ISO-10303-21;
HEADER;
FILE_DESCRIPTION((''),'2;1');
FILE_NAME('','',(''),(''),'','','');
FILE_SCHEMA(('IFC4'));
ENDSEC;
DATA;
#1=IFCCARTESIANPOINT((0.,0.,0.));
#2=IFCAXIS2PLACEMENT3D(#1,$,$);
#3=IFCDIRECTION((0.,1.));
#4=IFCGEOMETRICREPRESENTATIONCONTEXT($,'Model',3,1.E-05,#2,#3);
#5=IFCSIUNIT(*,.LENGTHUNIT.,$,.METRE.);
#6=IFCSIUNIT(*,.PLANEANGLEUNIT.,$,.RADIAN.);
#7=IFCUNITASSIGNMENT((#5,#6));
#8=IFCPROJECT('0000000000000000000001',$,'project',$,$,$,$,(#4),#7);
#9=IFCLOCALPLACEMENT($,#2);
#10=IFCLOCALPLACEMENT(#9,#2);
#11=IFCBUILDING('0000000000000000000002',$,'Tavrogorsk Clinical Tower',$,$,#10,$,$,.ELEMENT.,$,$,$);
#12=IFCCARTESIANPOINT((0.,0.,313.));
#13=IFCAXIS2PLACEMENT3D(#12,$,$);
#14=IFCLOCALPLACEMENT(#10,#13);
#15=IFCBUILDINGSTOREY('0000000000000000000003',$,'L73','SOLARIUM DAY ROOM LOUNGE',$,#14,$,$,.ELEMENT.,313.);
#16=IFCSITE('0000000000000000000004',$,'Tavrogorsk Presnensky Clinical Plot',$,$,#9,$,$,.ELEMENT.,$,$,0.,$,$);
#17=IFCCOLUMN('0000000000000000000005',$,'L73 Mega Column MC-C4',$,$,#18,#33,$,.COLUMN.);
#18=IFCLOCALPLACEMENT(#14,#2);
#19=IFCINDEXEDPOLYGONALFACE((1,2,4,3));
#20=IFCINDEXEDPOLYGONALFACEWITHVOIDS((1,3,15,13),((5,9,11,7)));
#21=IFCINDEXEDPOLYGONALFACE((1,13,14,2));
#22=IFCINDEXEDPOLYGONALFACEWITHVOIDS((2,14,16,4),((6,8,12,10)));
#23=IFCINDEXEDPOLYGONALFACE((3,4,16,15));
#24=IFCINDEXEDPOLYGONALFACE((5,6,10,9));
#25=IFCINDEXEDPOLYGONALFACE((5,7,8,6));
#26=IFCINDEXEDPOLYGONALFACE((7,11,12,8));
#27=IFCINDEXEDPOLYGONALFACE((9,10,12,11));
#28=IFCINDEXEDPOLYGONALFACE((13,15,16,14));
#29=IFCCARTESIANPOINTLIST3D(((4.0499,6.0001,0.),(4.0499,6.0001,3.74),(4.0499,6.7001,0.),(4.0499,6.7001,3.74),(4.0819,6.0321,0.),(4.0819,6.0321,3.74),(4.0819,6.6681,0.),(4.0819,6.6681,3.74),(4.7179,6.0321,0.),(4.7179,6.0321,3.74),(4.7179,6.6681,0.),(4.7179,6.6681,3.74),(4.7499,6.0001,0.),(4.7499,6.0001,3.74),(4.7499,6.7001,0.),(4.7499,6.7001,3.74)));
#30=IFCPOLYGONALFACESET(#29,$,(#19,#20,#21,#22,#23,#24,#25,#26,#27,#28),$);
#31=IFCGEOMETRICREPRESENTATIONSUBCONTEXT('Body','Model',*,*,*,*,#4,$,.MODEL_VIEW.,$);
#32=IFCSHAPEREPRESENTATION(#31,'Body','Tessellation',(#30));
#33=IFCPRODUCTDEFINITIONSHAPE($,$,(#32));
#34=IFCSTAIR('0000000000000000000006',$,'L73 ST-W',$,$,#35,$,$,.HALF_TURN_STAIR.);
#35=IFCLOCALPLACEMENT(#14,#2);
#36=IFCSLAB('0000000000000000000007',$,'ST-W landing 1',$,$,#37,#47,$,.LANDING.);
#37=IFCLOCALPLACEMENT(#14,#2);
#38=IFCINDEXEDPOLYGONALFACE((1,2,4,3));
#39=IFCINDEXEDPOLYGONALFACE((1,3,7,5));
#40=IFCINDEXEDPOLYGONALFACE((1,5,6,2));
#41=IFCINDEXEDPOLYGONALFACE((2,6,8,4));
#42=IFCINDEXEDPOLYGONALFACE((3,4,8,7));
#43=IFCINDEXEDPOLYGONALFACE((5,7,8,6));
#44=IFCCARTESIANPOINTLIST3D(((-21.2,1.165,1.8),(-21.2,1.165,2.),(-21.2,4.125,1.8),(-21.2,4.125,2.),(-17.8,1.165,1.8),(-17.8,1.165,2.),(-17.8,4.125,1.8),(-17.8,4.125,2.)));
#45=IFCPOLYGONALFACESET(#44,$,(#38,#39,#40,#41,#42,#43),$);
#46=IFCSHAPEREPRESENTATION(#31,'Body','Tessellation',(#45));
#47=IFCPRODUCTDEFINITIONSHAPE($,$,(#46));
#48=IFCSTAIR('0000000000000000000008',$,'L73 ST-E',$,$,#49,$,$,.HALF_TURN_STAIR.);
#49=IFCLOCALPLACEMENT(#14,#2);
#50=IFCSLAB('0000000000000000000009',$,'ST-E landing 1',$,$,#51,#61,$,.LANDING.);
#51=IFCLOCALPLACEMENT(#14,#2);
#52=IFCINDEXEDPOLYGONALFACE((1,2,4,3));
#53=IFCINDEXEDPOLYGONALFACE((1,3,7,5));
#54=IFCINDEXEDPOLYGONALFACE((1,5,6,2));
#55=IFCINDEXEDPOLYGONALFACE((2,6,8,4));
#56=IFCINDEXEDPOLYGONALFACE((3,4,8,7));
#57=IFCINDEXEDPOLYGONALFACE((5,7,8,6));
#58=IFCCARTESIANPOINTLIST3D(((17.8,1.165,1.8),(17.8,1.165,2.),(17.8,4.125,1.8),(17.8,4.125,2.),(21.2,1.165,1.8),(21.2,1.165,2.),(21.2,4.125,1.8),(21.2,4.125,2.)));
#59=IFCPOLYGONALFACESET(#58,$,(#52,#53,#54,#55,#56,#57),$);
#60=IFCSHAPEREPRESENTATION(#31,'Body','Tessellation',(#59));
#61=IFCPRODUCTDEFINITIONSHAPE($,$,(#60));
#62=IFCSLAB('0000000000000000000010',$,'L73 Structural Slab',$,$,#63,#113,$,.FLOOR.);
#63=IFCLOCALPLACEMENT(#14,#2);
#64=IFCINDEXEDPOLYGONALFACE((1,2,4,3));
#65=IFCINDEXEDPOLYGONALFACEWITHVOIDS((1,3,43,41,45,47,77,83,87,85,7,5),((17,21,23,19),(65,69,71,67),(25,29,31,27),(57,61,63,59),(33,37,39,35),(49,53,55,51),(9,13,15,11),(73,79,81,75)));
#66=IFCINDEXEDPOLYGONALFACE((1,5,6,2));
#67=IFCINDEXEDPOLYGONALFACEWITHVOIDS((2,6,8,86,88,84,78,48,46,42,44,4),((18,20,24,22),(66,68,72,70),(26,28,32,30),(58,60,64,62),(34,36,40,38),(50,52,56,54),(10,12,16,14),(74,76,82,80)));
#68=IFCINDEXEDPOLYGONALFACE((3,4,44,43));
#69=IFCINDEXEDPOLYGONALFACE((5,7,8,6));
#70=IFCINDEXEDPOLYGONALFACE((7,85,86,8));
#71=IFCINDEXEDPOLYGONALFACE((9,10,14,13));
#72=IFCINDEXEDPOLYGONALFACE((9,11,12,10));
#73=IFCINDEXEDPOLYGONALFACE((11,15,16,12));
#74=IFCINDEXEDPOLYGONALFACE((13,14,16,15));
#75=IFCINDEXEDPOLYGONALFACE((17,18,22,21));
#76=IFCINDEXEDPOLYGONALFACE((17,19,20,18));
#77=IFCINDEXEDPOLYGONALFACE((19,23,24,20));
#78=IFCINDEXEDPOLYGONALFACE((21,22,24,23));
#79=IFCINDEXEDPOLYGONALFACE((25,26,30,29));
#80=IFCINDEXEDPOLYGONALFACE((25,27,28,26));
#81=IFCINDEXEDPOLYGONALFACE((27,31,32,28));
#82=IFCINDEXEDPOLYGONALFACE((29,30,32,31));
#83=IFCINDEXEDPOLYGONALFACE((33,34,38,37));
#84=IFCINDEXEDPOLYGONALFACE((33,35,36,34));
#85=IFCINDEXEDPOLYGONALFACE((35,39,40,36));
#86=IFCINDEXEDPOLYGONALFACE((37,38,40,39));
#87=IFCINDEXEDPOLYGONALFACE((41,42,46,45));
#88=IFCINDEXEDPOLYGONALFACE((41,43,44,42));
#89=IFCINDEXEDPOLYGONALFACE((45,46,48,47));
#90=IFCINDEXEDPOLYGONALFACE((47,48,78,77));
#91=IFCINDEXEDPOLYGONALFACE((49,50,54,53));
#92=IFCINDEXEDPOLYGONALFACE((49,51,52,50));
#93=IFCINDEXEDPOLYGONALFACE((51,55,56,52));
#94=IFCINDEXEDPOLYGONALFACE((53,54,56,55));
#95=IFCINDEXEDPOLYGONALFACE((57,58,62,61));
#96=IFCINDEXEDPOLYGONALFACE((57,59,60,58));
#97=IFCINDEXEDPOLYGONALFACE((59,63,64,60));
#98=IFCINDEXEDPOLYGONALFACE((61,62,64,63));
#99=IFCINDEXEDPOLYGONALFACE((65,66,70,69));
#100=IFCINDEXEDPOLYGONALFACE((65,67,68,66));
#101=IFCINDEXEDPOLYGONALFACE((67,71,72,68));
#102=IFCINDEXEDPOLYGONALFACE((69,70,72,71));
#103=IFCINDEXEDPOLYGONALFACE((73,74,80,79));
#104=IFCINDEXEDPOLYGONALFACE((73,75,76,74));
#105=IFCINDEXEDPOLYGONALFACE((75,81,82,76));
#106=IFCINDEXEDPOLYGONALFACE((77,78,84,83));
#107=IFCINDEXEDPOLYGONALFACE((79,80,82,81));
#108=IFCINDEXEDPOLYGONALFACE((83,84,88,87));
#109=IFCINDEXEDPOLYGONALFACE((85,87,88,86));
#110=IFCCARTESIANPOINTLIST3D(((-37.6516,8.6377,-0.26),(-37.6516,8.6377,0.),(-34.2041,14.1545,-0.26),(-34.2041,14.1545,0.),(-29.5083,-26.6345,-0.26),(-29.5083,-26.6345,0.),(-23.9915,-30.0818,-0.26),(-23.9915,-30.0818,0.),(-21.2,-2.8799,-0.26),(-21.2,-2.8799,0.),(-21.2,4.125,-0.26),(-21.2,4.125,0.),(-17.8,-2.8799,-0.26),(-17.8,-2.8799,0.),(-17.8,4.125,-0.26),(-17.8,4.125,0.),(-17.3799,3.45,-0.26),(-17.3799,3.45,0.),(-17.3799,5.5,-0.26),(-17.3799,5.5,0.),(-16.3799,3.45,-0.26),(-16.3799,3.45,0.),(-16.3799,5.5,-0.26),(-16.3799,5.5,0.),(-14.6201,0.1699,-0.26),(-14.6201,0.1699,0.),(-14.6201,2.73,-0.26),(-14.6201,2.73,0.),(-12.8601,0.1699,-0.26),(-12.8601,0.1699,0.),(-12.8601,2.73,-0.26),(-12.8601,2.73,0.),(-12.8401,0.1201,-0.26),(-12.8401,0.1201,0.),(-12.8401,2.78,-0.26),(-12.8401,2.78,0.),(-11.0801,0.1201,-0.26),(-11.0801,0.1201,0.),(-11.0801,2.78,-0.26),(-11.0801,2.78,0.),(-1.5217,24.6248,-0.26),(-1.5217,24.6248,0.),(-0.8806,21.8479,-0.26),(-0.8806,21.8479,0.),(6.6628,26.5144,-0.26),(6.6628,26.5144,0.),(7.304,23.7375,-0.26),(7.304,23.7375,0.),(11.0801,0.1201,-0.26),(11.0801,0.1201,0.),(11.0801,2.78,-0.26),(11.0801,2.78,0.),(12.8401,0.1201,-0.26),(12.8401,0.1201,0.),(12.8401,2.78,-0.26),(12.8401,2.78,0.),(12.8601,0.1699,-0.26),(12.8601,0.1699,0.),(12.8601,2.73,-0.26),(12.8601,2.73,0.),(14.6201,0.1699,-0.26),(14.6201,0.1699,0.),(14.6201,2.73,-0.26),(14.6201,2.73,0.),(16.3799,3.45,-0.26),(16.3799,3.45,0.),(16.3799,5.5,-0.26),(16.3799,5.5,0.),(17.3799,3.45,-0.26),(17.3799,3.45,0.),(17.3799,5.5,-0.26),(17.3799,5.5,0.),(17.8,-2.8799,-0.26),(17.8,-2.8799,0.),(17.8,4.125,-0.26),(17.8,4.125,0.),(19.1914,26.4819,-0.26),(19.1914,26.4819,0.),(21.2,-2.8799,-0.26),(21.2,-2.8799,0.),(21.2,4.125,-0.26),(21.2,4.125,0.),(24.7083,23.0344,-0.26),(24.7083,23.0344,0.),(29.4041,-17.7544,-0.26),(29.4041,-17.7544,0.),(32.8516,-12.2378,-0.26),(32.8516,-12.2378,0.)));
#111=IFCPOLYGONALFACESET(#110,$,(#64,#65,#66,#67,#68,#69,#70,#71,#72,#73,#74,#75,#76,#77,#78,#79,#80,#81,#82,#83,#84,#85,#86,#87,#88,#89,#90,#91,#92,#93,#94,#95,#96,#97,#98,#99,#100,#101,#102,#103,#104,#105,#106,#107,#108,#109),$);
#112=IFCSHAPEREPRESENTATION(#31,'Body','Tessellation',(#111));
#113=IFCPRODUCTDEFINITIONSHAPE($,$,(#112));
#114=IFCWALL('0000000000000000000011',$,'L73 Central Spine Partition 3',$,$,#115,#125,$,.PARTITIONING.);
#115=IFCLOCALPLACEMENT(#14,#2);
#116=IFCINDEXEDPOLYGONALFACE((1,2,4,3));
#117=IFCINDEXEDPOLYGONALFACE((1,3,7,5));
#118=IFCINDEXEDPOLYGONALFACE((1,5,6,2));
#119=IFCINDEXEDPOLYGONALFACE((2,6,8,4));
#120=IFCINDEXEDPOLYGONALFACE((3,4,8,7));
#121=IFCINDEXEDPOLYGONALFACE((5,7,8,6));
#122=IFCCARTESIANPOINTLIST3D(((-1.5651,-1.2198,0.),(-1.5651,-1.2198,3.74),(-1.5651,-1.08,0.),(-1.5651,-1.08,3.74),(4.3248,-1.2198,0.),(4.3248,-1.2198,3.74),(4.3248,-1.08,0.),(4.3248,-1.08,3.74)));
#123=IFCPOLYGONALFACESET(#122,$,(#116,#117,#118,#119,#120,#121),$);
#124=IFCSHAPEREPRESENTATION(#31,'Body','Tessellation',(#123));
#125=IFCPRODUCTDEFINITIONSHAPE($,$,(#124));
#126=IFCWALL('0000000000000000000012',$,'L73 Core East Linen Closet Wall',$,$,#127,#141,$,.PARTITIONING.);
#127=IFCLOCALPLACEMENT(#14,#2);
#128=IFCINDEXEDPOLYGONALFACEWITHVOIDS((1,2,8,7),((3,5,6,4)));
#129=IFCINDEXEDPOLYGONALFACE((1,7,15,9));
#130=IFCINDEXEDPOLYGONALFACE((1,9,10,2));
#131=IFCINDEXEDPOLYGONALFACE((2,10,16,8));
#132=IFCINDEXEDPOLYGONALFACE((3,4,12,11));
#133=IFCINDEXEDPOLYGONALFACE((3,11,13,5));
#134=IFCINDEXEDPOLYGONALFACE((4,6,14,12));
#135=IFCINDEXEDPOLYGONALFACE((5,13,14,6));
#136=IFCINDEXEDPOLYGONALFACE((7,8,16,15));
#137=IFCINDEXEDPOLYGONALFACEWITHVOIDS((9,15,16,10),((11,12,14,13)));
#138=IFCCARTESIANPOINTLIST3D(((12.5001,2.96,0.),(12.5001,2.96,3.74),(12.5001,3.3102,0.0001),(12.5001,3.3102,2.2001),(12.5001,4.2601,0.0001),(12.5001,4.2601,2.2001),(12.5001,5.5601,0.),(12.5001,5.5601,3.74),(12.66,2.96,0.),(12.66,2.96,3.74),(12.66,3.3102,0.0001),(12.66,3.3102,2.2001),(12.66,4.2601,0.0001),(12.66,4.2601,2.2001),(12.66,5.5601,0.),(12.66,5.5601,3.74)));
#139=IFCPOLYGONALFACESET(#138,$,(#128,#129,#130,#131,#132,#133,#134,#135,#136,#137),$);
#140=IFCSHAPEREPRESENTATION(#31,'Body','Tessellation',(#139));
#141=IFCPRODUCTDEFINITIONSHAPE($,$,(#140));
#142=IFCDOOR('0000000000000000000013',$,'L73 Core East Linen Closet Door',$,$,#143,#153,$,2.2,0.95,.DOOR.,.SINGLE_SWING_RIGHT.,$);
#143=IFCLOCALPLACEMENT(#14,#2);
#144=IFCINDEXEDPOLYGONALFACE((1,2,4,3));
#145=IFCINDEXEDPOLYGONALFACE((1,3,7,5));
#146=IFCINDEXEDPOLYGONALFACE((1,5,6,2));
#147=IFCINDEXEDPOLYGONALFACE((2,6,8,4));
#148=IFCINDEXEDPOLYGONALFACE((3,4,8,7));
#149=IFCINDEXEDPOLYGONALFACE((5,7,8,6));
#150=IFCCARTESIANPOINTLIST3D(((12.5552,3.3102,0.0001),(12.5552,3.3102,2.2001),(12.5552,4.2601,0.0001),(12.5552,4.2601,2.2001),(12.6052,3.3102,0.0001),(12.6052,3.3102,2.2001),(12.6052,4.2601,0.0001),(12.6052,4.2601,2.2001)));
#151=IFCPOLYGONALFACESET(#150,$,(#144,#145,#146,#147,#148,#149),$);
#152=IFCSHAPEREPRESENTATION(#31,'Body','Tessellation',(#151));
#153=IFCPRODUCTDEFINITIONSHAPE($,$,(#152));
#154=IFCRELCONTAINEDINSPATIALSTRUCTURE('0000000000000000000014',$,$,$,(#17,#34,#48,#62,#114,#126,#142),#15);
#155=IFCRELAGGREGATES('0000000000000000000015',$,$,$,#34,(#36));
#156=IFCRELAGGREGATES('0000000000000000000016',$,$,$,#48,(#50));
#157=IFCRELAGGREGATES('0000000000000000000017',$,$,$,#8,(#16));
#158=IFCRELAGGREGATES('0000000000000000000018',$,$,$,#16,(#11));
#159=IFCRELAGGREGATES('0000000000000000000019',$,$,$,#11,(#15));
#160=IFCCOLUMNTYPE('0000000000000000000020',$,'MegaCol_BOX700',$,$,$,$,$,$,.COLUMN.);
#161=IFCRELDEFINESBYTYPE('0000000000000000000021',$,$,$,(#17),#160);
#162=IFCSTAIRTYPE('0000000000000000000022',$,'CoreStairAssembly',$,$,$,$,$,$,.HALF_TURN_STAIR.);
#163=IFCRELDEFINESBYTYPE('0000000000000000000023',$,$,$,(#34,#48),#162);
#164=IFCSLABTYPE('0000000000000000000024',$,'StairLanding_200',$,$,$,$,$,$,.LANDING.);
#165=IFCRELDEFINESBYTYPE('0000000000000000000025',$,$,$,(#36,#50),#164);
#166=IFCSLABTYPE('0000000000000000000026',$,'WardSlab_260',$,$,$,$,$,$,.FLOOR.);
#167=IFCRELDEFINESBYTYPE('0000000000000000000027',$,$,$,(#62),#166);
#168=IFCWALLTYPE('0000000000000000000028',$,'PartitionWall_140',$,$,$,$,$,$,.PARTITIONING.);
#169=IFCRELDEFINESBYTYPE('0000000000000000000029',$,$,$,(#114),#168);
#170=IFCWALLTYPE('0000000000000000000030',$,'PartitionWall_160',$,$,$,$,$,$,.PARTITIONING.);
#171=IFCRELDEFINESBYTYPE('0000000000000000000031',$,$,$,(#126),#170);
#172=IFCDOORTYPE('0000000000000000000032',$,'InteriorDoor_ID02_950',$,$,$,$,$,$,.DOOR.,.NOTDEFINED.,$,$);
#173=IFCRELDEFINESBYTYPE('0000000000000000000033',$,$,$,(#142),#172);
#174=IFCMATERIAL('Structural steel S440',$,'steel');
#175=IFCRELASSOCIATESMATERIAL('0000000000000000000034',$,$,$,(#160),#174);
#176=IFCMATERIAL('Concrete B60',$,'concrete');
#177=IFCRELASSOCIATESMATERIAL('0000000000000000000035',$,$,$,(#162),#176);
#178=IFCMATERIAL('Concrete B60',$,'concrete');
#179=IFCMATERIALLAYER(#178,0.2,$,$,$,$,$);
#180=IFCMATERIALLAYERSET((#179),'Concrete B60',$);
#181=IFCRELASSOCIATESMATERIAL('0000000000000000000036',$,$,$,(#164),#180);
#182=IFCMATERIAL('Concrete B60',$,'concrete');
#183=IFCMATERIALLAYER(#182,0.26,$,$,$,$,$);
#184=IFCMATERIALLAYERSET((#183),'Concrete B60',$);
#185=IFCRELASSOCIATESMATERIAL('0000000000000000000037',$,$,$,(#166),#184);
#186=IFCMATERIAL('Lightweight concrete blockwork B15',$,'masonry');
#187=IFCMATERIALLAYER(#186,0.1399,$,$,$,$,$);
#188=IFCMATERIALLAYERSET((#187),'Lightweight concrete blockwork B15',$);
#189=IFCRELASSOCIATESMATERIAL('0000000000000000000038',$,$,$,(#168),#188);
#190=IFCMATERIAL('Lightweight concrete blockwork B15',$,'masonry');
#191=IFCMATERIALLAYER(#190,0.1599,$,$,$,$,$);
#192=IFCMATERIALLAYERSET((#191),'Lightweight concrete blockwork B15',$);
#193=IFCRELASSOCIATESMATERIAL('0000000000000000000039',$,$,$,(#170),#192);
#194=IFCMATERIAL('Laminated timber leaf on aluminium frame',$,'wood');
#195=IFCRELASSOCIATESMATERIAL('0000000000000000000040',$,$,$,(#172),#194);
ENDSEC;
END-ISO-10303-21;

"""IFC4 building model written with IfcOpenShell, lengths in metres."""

from ifc_helpers import new_model, si_unit, direction, frame, frame_2d, origin, origin_2d, place, context, subcontext, project, spatial, polyline, rectangle, hollow_rectangle, outline, extrude, material, layer, layer_set, material_profile, profile_set, type_object, element, fill, aggregate, save


model = new_model("IFC4")

# Units and contexts
model_context = context("Model", 3, precision=1e-05, world=origin(), true_north=direction((0.0, 1.0)))
body_context = subcontext(model_context, "Body", "Model", "MODEL_VIEW")
ifc_project = project(units=[si_unit("LENGTHUNIT", "METRE"), si_unit("PLANEANGLEUNIT", "RADIAN")], contexts=[model_context])

# Site, building, storey
site_placement = place(None, origin())
site = spatial("IfcSite", under=ifc_project, at=site_placement, Name="Tavrogorsk Presnensky Clinical Plot", CompositionType="ELEMENT", RefElevation=0.0)
building_placement = place(site_placement, origin())
building = spatial("IfcBuilding", under=site, at=building_placement, Name="Tavrogorsk Clinical Tower", CompositionType="ELEMENT")
storey_placement = place(building_placement, frame((0.0, 0.0, 313.0)))
storey = spatial("IfcBuildingStorey", under=building, at=storey_placement, Name="L73", Description="SOLARIUM DAY ROOM LOUNGE", CompositionType="ELEMENT", Elevation=313.0)

# Column
ifc_material_1 = material(Name="Structural steel S440", Category="steel")
ifc_material_profile = material_profile(ifc_material_1, hollow_rectangle(XDim=0.7, YDim=0.7, WallThickness=0.032, at=origin_2d()), Name="BOX-700x700x32")
ifc_profile_set = profile_set([ifc_material_profile], Name="Structural steel S440")
column_type = type_object("IfcColumnType", Name="MegaCol_BOX700", PredefinedType="COLUMN", material=ifc_profile_set)
column_placement = place(storey_placement, frame((4.3999, 6.3501, 0.0), z_axis=(0.0, 0.0, 1.0), x_axis=(1.0, 0.0, 0.0)))
element("IfcColumn", 1, at=column_placement, inside=storey, type_object=column_type, Name="L73 Mega Column MC-C4", PredefinedType="COLUMN", context=body_context, shape_type="SweptSolid", body=[
    extrude(hollow_rectangle(XDim=0.7, YDim=0.7, WallThickness=0.032, at=origin_2d()), origin(), (0.0, 0.0, 1.0), 3.74),
])

# Stairs, slabs
ifc_material_2 = material(Name="Concrete B60", Category="concrete")
stair_type = type_object("IfcStairType", Name="CoreStairAssembly", PredefinedType="HALF_TURN_STAIR", material=ifc_material_2)
stair_1_placement = place(storey_placement, origin())
stair_1 = element("IfcStair", 2, at=stair_1_placement, inside=storey, type_object=stair_type, Name="L73 ST-W", PredefinedType="HALF_TURN_STAIR")
ifc_material_3 = material(Name="Concrete B60", Category="concrete")
ifc_layer_1 = layer(ifc_material_3, 0.2)
ifc_layer_set_1 = layer_set([ifc_layer_1], Name="Concrete B60")
slab_type_1 = type_object("IfcSlabType", Name="StairLanding_200", PredefinedType="LANDING", material=ifc_layer_set_1)
slab_1_placement = place(storey_placement, frame((0.0, 0.0, 1.8)))
slab_1 = element("IfcSlab", 3, at=slab_1_placement, type_object=slab_type_1, Name="ST-W landing 1", PredefinedType="LANDING", context=body_context, shape_type="SweptSolid", body=[
    extrude(outline(polyline([(-17.8, 1.165), (-17.8, 4.125), (-21.2, 4.125), (-21.2, 1.165), (-17.8, 1.165)])), origin(), (0.0, 0.0, 1.0), 0.2),
])
aggregate(stair_1, [slab_1])
stair_2_placement = place(storey_placement, origin())
stair_2 = element("IfcStair", 4, at=stair_2_placement, inside=storey, type_object=stair_type, Name="L73 ST-E", PredefinedType="HALF_TURN_STAIR")
slab_2_placement = place(storey_placement, frame((0.0, 0.0, 1.8)))
slab_2 = element("IfcSlab", 5, at=slab_2_placement, type_object=slab_type_1, Name="ST-E landing 1", PredefinedType="LANDING", context=body_context, shape_type="SweptSolid", body=[
    extrude(outline(polyline([(21.2, 1.165), (21.2, 4.125), (17.8, 4.125), (17.8, 1.165), (21.2, 1.165)])), origin(), (0.0, 0.0, 1.0), 0.2),
])
aggregate(stair_2, [slab_2])

# Slab
ifc_material_4 = material(Name="Concrete B60", Category="concrete")
ifc_layer_2 = layer(ifc_material_4, 0.26)
ifc_layer_set_2 = layer_set([ifc_layer_2], Name="Concrete B60")
slab_type_2 = type_object("IfcSlabType", Name="WardSlab_260", PredefinedType="FLOOR", material=ifc_layer_set_2)
slab_3_placement = place(storey_placement, frame((0.0, 0.0, -0.26)))
element("IfcSlab", 6, at=slab_3_placement, inside=storey, type_object=slab_type_2, Name="L73 Structural Slab", PredefinedType="FLOOR", context=body_context, shape_type="SweptSolid", body=[
    extrude(outline(polyline([(19.1914, 26.4819), (24.7083, 23.0344), (32.8516, -12.2378), (29.4041, -17.7544), (-23.9915, -30.0818), (-29.5083, -26.6345), (-37.6516, 8.6377), (-34.2041, 14.1545), (-0.8806, 21.8479), (-1.5217, 24.6248), (6.6628, 26.5144), (7.304, 23.7375), (19.1914, 26.4819)]), holes=[polyline([(-17.8, -2.8799), (-17.8, 4.125), (-21.2, 4.125), (-21.2, -2.8799), (-17.8, -2.8799)]), polyline([(21.2, -2.8799), (21.2, 4.125), (17.8, 4.125), (17.8, -2.8799), (21.2, -2.8799)]), polyline([(-14.6201, 0.1699), (-12.8601, 0.1699), (-12.8601, 2.73), (-14.6201, 2.73), (-14.6201, 0.1699)]), polyline([(-12.8401, 0.1201), (-11.0801, 0.1201), (-11.0801, 2.78), (-12.8401, 2.78), (-12.8401, 0.1201)]), polyline([(12.8601, 0.1699), (14.6201, 0.1699), (14.6201, 2.73), (12.8601, 2.73), (12.8601, 0.1699)]), polyline([(11.0801, 0.1201), (12.8401, 0.1201), (12.8401, 2.78), (11.0801, 2.78), (11.0801, 0.1201)]), polyline([(-17.3799, 3.45), (-16.3799, 3.45), (-16.3799, 5.5), (-17.3799, 5.5), (-17.3799, 3.45)]), polyline([(16.3799, 3.45), (17.3799, 3.45), (17.3799, 5.5), (16.3799, 5.5), (16.3799, 3.45)])]), origin(), (0.0, 0.0, 1.0), 0.26),
])

# Wall
ifc_material_5 = material(Name="Lightweight concrete blockwork B15", Category="masonry")
ifc_layer_3 = layer(ifc_material_5, 0.1399)
ifc_layer_set_3 = layer_set([ifc_layer_3], Name="Lightweight concrete blockwork B15")
wall_type_1 = type_object("IfcWallType", Name="PartitionWall_140", PredefinedType="PARTITIONING", material=ifc_layer_set_3)
wall_1_placement = place(storey_placement, frame((-1.5649, -1.1499, 0.0), z_axis=(0.0, 0.0, 1.0), x_axis=(1.0, 0.0, 0.0)))
element("IfcWall", 7, at=wall_1_placement, inside=storey, type_object=wall_type_1, Name="L73 Central Spine Partition 3", PredefinedType="PARTITIONING", context=body_context, shape_type="SweptSolid", body=[
    extrude(rectangle(XDim=5.8899, YDim=0.1399, at=frame_2d((2.9448, 0.0))), origin(), (0.0, 0.0, 1.0), 3.74),
])

# Wall, opening, door
ifc_material_6 = material(Name="Lightweight concrete blockwork B15", Category="masonry")
ifc_layer_4 = layer(ifc_material_6, 0.1599)
ifc_layer_set_4 = layer_set([ifc_layer_4], Name="Lightweight concrete blockwork B15")
wall_type_2 = type_object("IfcWallType", Name="PartitionWall_160", PredefinedType="PARTITIONING", material=ifc_layer_set_4)
wall_2_placement = place(storey_placement, frame((12.5801, 2.96, 0.0), z_axis=(0.0, 0.0, 1.0), x_axis=(0.0, 1.0, 0.0)))
wall_2 = element("IfcWall", 8, at=wall_2_placement, inside=storey, type_object=wall_type_2, Name="L73 Core East Linen Closet Wall", PredefinedType="PARTITIONING", context=body_context, shape_type="SweptSolid", body=[
    extrude(rectangle(XDim=2.6001, YDim=0.1599, at=frame_2d((1.3, 0.0))), origin(), (0.0, 0.0, 1.0), 3.74),
])
opening_1_placement = place(wall_2_placement, frame((0.3501, 0.0, 0.0)))
opening_1 = element("IfcOpeningElement", 9, at=opening_1_placement, cuts=wall_2, PredefinedType="OPENING", context=body_context, shape_type="SweptSolid", body=[
    extrude(rectangle(XDim=0.95, YDim=2.2, at=frame_2d((0.4751, 1.1001))), frame((0.0, 0.0898, 0.0), z_axis=(0.0, -1.0, 0.0), x_axis=(1.0, 0.0, 0.0)), (0.0, 0.0, 1.0), 0.1799),
])
ifc_material_7 = material(Name="Laminated timber leaf on aluminium frame", Category="wood")
door_type_1 = type_object("IfcDoorType", Name="InteriorDoor_ID02_950", OperationType="NOTDEFINED", PredefinedType="DOOR", material=ifc_material_7)
door_1_placement = place(opening_1_placement, origin())
door_1 = element("IfcDoor", 10, at=door_1_placement, inside=storey, type_object=door_type_1, Name="L73 Core East Linen Closet Door", OperationType="SINGLE_SWING_RIGHT", OverallHeight=2.2, OverallWidth=0.95, PredefinedType="DOOR", context=body_context, shape_type="SweptSolid", body=[
    extrude(rectangle(XDim=0.95, YDim=2.2, at=frame_2d((0.4751, 1.1001))), frame((0.0, 0.0249, 0.0), z_axis=(0.0, -1.0, 0.0), x_axis=(1.0, 0.0, 0.0)), (0.0, 0.0, 1.0), 0.05),
])
fill(opening_1, door_1)

save(model, "model.ifc")
